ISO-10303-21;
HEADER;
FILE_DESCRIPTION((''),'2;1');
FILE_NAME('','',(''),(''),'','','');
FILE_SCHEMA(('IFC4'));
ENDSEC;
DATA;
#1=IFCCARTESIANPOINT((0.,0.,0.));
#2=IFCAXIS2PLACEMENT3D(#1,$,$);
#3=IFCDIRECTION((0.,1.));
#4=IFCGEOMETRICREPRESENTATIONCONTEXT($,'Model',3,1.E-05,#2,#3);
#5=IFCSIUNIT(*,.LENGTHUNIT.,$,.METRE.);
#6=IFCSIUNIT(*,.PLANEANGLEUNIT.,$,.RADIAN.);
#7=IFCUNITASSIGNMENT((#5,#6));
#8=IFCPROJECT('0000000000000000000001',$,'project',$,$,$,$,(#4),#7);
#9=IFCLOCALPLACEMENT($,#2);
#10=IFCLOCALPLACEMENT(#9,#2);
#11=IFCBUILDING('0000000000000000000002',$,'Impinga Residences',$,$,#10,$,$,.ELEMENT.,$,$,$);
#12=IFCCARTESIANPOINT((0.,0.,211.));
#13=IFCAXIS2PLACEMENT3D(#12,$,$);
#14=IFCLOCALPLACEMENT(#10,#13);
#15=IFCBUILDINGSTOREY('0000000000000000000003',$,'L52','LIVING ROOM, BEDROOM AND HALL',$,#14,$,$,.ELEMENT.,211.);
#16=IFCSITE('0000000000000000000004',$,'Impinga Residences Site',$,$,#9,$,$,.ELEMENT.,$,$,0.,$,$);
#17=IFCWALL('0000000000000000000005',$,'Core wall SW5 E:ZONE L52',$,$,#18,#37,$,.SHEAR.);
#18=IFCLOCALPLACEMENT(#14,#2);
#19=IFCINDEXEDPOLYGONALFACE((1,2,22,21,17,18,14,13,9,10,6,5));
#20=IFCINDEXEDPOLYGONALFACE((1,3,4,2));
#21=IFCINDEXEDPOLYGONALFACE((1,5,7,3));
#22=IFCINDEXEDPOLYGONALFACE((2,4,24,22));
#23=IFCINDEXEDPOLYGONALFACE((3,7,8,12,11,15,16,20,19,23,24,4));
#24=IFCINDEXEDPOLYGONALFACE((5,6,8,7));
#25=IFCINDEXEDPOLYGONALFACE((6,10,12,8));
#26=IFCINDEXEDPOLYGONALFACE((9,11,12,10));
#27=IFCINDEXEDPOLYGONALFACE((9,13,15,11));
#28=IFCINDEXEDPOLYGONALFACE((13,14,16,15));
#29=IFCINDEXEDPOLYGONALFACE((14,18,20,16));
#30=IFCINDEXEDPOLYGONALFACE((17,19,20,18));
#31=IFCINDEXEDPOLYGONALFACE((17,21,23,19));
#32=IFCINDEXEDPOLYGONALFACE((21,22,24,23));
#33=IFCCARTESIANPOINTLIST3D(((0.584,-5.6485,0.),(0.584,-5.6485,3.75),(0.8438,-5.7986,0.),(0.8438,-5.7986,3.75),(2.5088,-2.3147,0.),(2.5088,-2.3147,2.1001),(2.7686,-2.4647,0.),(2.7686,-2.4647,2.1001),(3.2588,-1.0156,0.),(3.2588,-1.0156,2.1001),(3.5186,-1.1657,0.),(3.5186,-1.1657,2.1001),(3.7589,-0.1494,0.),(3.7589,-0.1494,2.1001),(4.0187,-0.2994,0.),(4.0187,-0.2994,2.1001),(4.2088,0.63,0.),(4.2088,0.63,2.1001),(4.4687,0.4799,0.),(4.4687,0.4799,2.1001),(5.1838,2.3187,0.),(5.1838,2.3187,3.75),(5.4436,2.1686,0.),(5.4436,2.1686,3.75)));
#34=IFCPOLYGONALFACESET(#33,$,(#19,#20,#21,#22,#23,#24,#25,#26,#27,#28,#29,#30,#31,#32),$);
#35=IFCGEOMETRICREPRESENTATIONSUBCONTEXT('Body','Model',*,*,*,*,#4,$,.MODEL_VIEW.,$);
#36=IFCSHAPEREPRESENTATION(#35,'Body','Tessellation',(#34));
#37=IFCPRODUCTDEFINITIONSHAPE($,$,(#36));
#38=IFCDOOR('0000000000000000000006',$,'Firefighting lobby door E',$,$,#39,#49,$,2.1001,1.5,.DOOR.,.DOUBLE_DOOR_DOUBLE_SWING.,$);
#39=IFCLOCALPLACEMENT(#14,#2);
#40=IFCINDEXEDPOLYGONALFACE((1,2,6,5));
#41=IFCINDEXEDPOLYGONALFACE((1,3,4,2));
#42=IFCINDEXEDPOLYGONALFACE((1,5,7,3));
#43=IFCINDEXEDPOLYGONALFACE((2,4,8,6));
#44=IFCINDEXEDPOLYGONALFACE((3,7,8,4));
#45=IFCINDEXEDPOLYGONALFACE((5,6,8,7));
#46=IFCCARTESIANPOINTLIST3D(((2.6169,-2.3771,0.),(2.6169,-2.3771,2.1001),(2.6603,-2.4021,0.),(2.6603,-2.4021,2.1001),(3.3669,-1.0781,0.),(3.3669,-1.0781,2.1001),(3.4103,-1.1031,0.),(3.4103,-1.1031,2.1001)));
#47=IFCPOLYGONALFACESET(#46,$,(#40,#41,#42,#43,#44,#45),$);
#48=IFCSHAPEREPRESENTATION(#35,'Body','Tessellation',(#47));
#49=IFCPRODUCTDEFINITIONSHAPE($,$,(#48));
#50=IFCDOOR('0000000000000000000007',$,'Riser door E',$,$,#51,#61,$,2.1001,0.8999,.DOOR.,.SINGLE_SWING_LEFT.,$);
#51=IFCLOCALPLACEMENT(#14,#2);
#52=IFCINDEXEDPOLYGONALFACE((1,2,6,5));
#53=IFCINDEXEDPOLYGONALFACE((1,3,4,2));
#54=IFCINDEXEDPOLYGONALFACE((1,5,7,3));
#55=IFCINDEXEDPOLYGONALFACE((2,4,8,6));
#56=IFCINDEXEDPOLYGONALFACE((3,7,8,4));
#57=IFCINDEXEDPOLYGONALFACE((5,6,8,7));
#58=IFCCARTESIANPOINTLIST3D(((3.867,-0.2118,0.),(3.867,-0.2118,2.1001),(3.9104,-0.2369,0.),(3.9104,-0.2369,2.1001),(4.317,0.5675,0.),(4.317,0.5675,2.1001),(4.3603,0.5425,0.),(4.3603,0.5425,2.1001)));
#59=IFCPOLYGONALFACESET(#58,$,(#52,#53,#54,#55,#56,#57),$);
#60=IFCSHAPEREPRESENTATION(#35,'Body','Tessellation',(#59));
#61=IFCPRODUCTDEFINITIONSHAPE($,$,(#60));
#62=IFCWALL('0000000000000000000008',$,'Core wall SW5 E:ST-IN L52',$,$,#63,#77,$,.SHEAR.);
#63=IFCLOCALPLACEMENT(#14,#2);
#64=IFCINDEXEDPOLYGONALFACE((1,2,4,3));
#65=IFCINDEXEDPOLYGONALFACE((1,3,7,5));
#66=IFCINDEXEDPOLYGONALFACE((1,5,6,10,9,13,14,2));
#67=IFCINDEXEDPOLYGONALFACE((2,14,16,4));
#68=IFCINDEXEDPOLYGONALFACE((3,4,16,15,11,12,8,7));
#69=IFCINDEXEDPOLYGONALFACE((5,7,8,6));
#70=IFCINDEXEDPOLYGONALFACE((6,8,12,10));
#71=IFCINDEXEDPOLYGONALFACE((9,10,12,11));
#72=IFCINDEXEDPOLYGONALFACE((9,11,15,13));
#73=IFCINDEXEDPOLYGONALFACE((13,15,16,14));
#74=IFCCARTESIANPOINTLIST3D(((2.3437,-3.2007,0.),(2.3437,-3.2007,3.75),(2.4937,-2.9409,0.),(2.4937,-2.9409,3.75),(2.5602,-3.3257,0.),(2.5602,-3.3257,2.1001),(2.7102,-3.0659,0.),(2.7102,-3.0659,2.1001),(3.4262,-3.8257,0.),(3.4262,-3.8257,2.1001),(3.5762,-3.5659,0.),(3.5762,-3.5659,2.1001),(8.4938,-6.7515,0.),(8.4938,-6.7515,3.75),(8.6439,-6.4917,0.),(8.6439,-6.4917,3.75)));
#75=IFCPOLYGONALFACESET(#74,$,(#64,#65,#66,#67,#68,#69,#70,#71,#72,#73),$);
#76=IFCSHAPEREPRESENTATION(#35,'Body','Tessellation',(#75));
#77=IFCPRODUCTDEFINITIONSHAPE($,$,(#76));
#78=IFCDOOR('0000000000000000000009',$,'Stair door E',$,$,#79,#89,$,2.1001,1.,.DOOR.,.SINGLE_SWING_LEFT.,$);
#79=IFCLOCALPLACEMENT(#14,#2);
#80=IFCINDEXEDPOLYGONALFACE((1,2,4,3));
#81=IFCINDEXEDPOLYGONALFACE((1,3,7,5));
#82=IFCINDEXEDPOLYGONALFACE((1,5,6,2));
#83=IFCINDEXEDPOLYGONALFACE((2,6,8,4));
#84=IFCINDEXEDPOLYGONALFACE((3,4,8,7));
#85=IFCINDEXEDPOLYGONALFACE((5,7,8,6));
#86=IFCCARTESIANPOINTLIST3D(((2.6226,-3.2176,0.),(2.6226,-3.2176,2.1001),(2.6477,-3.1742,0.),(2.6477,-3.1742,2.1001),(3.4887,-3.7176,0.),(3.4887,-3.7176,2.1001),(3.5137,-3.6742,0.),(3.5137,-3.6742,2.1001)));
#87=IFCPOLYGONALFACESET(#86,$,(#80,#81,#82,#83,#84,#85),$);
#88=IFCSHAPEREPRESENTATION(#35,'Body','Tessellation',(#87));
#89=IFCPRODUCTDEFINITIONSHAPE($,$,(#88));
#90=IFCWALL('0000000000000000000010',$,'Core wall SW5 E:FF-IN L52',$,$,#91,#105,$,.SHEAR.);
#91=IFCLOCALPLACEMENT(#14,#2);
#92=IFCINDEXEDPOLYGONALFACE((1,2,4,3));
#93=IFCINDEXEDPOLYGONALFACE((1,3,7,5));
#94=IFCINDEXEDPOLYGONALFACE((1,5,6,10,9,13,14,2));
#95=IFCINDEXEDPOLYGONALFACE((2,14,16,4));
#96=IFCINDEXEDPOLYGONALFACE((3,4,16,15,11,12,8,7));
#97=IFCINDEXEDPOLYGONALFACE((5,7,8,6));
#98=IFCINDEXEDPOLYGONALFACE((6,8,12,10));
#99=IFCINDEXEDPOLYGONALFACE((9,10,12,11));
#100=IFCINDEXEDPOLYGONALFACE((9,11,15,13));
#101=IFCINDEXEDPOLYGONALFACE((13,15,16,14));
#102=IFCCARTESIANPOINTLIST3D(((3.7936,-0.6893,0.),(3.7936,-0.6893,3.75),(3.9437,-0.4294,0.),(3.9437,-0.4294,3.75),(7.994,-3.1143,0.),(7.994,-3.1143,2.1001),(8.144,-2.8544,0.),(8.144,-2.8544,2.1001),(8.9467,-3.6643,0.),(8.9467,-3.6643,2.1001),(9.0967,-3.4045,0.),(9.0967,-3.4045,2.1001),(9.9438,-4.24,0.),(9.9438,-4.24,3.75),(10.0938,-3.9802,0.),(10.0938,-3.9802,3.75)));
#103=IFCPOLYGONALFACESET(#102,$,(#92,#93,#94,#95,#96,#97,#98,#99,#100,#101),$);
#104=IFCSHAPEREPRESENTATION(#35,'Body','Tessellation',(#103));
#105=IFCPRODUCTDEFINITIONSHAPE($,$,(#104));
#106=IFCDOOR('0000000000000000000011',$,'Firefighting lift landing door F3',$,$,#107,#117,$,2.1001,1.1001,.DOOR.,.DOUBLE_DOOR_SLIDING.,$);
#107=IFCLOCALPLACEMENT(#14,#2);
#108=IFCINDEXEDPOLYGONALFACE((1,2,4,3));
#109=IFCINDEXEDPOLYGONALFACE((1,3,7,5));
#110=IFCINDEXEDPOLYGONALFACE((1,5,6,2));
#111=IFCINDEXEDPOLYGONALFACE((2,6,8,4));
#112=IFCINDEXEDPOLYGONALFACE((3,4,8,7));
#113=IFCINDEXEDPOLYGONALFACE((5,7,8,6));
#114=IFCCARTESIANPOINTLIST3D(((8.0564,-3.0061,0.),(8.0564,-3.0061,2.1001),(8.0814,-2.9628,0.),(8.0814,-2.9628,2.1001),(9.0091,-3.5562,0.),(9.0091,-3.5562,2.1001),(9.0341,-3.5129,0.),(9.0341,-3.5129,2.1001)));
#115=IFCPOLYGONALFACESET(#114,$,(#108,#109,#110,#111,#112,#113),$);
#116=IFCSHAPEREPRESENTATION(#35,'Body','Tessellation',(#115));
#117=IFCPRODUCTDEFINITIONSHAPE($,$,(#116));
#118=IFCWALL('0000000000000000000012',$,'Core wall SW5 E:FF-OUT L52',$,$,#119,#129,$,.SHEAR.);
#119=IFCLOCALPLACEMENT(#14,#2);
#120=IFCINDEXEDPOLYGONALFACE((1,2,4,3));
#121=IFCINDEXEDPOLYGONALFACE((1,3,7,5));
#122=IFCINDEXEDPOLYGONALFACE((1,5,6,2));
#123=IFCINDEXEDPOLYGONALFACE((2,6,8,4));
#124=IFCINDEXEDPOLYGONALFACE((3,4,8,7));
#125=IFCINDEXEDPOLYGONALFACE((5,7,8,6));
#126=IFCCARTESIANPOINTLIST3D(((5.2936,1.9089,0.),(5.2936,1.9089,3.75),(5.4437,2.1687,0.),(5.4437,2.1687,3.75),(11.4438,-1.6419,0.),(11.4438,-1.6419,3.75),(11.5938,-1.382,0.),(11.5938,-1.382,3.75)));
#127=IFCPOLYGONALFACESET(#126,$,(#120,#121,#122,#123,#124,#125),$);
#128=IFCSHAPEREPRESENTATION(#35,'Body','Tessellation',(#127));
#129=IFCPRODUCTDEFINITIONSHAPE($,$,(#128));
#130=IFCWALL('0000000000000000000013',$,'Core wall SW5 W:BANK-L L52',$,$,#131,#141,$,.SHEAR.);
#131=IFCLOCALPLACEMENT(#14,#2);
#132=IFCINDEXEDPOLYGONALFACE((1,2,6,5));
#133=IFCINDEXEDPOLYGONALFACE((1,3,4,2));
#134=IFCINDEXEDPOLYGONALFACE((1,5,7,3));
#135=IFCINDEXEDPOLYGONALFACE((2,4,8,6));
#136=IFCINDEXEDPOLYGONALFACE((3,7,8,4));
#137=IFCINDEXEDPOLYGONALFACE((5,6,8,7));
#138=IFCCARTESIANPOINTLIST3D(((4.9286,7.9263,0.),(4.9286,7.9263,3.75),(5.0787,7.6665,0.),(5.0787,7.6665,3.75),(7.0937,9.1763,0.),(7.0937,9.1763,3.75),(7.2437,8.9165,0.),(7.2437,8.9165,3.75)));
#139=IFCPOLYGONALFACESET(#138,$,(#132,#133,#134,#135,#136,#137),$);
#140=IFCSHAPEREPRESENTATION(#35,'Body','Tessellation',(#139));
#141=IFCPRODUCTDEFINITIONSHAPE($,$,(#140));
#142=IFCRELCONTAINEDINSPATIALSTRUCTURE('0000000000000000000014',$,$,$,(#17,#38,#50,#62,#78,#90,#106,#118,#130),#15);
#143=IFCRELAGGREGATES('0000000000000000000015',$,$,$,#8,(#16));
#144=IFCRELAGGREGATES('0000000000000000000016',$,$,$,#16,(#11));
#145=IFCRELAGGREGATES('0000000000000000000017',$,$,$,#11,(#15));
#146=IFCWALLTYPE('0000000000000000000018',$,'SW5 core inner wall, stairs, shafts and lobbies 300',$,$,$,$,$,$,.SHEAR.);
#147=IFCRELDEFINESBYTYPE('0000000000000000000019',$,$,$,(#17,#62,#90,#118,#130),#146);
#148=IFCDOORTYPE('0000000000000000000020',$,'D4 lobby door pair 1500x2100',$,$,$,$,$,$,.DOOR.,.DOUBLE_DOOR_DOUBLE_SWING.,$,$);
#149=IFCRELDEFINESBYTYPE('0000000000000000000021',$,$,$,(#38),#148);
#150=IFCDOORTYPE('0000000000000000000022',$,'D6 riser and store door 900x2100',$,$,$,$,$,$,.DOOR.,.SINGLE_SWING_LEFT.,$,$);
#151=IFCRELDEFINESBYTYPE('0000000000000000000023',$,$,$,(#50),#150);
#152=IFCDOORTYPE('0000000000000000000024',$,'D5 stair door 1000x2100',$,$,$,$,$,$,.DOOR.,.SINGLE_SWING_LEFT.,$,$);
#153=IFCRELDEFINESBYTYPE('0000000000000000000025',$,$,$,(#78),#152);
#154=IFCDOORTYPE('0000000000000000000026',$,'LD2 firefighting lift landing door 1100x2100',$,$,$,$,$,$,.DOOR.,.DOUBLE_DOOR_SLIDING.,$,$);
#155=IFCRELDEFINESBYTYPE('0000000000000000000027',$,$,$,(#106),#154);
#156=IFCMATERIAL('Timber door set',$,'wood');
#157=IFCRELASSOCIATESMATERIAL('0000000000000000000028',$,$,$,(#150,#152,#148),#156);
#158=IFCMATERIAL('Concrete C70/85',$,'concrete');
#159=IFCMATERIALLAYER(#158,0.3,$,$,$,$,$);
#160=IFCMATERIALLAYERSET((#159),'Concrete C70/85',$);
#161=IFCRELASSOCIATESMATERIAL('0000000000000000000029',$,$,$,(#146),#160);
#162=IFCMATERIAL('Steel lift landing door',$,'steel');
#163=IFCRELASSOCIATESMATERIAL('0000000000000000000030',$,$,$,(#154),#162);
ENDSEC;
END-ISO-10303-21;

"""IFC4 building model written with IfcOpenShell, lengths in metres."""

from ifc_helpers import new_model, si_unit, direction, frame, frame_2d, origin, place, context, subcontext, project, spatial, rectangle, extrude, material, layer, layer_set, type_object, element, fill, save


model = new_model("IFC4")

# Units and contexts
model_context = context("Model", 3, precision=1e-05, world=origin(), true_north=direction((0.0, 1.0)))
body_context = subcontext(model_context, "Body", "Model", "MODEL_VIEW")
ifc_project = project(units=[si_unit("LENGTHUNIT", "METRE"), si_unit("PLANEANGLEUNIT", "RADIAN")], contexts=[model_context])

# Site, building, storey
site_placement = place(None, origin())
site = spatial("IfcSite", under=ifc_project, at=site_placement, Name="Impinga Residences Site", CompositionType="ELEMENT", RefElevation=0.0)
building_placement = place(site_placement, origin())
building = spatial("IfcBuilding", under=site, at=building_placement, Name="Impinga Residences", CompositionType="ELEMENT")
storey_placement = place(building_placement, frame((0.0, 0.0, 211.0)))
storey = spatial("IfcBuildingStorey", under=building, at=storey_placement, Name="L52", Description="LIVING ROOM, BEDROOM AND HALL", CompositionType="ELEMENT", Elevation=211.0)

# Shared definitions
ifc_material_1 = material(Name="Timber door set", Category="wood")
door_type_1 = type_object("IfcDoorType", Name="D6 riser and store door 900x2100", OperationType="SINGLE_SWING_LEFT", PredefinedType="DOOR", material=ifc_material_1)
ifc_material_2 = material(Name="Concrete C70/85", Category="concrete")
ifc_layer_1 = layer(ifc_material_2, 0.3)
ifc_layer_set_1 = layer_set([ifc_layer_1], Name="Concrete C70/85")
wall_type_1 = type_object("IfcWallType", Name="SW5 core inner wall, stairs, shafts and lobbies 300", PredefinedType="SHEAR", material=ifc_layer_set_1)
door_type_2 = type_object("IfcDoorType", Name="D5 stair door 1000x2100", OperationType="SINGLE_SWING_LEFT", PredefinedType="DOOR", material=ifc_material_1)

# Wall, openings, doors
wall_1_placement = place(storey_placement, frame((5.3137, 2.2437, 0.0), z_axis=(0.0, 0.0, 1.0), x_axis=(-0.499995, -0.866028, 0.0)))
wall_1 = element("IfcWall", 1, at=wall_1_placement, inside=storey, type_object=wall_type_1, Name="Core wall SW5 E:ZONE L52", PredefinedType="SHEAR", context=body_context, shape_type="SweptSolid", body=[
    extrude(rectangle(XDim=9.1997, YDim=0.3, at=frame_2d((4.5999, 0.0))), origin(), (0.0, 0.0, 1.0), 3.75),
])
opening_1_placement = place(wall_1_placement, frame((3.8501, 0.0, 0.0)))
opening_1 = element("IfcOpeningElement", 2, at=opening_1_placement, cuts=wall_1, PredefinedType="OPENING", context=body_context, shape_type="SweptSolid", body=[
    extrude(rectangle(XDim=1.5, YDim=2.1001, at=frame_2d((0.75, 1.05))), frame((0.0, 0.1599, 0.0), z_axis=(0.0, -1.0, 0.0), x_axis=(1.0, 0.0, 0.0)), (0.0, 0.0, 1.0), 0.3201),
])
opening_2_placement = place(wall_1_placement, frame((1.95, 0.0, 0.0)))
opening_2 = element("IfcOpeningElement", 3, at=opening_2_placement, cuts=wall_1, PredefinedType="OPENING", context=body_context, shape_type="SweptSolid", body=[
    extrude(rectangle(XDim=0.8999, YDim=2.1001, at=frame_2d((0.45, 1.05))), frame((0.0, 0.1599, 0.0), z_axis=(0.0, -1.0, 0.0), x_axis=(1.0, 0.0, 0.0)), (0.0, 0.0, 1.0), 0.3201),
])
door_type_3 = type_object("IfcDoorType", Name="D4 lobby door pair 1500x2100", OperationType="DOUBLE_DOOR_DOUBLE_SWING", PredefinedType="DOOR", material=ifc_material_1)
door_1_placement = place(opening_1_placement, origin())
door_1 = element("IfcDoor", 4, at=door_1_placement, inside=storey, type_object=door_type_3, Name="Firefighting lobby door E", OperationType="DOUBLE_DOOR_DOUBLE_SWING", OverallHeight=2.1001, OverallWidth=1.5, PredefinedType="DOOR", context=body_context, shape_type="SweptSolid", body=[
    extrude(rectangle(XDim=1.5, YDim=2.1001, at=frame_2d((0.75, 1.05))), frame((0.0, 0.0249, 0.0), z_axis=(0.0, -1.0, 0.0), x_axis=(1.0, 0.0, 0.0)), (0.0, 0.0, 1.0), 0.05),
])
fill(opening_1, door_1)
door_2_placement = place(opening_2_placement, origin())
door_2 = element("IfcDoor", 5, at=door_2_placement, inside=storey, type_object=door_type_1, Name="Riser door E", OperationType="SINGLE_SWING_LEFT", OverallHeight=2.1001, OverallWidth=0.8999, PredefinedType="DOOR", context=body_context, shape_type="SweptSolid", body=[
    extrude(rectangle(XDim=0.8999, YDim=2.1001, at=frame_2d((0.45, 1.05))), frame((0.0, 0.0249, 0.0), z_axis=(0.0, -1.0, 0.0), x_axis=(1.0, 0.0, 0.0)), (0.0, 0.0, 1.0), 0.05),
])
fill(opening_2, door_2)

# Walls, openings, doors
wall_2_placement = place(storey_placement, frame((2.4187, -3.0708, 0.0), z_axis=(0.0, 0.0, 1.0), x_axis=(0.866026, -0.499999, 0.0)))
wall_2 = element("IfcWall", 6, at=wall_2_placement, inside=storey, type_object=wall_type_1, Name="Core wall SW5 E:ST-IN L52", PredefinedType="SHEAR", context=body_context, shape_type="SweptSolid", body=[
    extrude(rectangle(XDim=7.1016, YDim=0.3, at=frame_2d((3.5508, 0.0))), origin(), (0.0, 0.0, 1.0), 3.75),
])
opening_3_placement = place(wall_2_placement, frame((0.25, 0.0, 0.0)))
opening_3 = element("IfcOpeningElement", 7, at=opening_3_placement, cuts=wall_2, PredefinedType="OPENING", context=body_context, shape_type="SweptSolid", body=[
    extrude(rectangle(XDim=1.0, YDim=2.1001, at=frame_2d((0.5, 1.05))), frame((0.0, 0.1599, 0.0), z_axis=(0.0, -1.0, 0.0), x_axis=(1.0, 0.0, 0.0)), (0.0, 0.0, 1.0), 0.3201),
])
door_3_placement = place(opening_3_placement, origin())
door_3 = element("IfcDoor", 8, at=door_3_placement, inside=storey, type_object=door_type_2, Name="Stair door E", OperationType="SINGLE_SWING_LEFT", OverallHeight=2.1001, OverallWidth=1.0, PredefinedType="DOOR", context=body_context, shape_type="SweptSolid", body=[
    extrude(rectangle(XDim=1.0, YDim=2.1001, at=frame_2d((0.5, 1.05))), frame((0.0, 0.0249, 0.0), z_axis=(0.0, -1.0, 0.0), x_axis=(1.0, 0.0, 0.0)), (0.0, 0.0, 1.0), 0.05),
])
fill(opening_3, door_3)
wall_3_placement = place(storey_placement, frame((3.8687, -0.5593, 0.0), z_axis=(0.0, 0.0, 1.0), x_axis=(0.866026, -0.499999, 0.0)))
wall_3 = element("IfcWall", 9, at=wall_3_placement, inside=storey, type_object=wall_type_1, Name="Core wall SW5 E:FF-IN L52", PredefinedType="SHEAR", context=body_context, shape_type="SweptSolid", body=[
    extrude(rectangle(XDim=7.1016, YDim=0.3, at=frame_2d((3.5508, 0.0))), origin(), (0.0, 0.0, 1.0), 3.75),
])
opening_4_placement = place(wall_3_placement, frame((4.8501, 0.0, 0.0)))
opening_4 = element("IfcOpeningElement", 10, at=opening_4_placement, cuts=wall_3, PredefinedType="OPENING", context=body_context, shape_type="SweptSolid", body=[
    extrude(rectangle(XDim=1.1001, YDim=2.1001, at=frame_2d((0.55, 1.05))), frame((0.0, 0.1599, 0.0), z_axis=(0.0, -1.0, 0.0), x_axis=(1.0, 0.0, 0.0)), (0.0, 0.0, 1.0), 0.3201),
])
ifc_material_3 = material(Name="Steel lift landing door", Category="steel")
door_type_4 = type_object("IfcDoorType", Name="LD2 firefighting lift landing door 1100x2100", OperationType="DOUBLE_DOOR_SLIDING", PredefinedType="DOOR", material=ifc_material_3)
door_4_placement = place(opening_4_placement, origin())
door_4 = element("IfcDoor", 11, at=door_4_placement, inside=storey, type_object=door_type_4, Name="Firefighting lift landing door F3", OperationType="DOUBLE_DOOR_SLIDING", OverallHeight=2.1001, OverallWidth=1.1001, PredefinedType="DOOR", context=body_context, shape_type="SweptSolid", body=[
    extrude(rectangle(XDim=1.1001, YDim=2.1001, at=frame_2d((0.55, 1.05))), frame((0.0, 0.0249, 0.0), z_axis=(0.0, -1.0, 0.0), x_axis=(1.0, 0.0, 0.0)), (0.0, 0.0, 1.0), 0.05),
])
fill(opening_4, door_4)

# Walls
wall_4_placement = place(storey_placement, frame((5.3687, 2.0388, 0.0), z_axis=(0.0, 0.0, 1.0), x_axis=(0.866026, -0.499999, 0.0)))
element("IfcWall", 12, at=wall_4_placement, inside=storey, type_object=wall_type_1, Name="Core wall SW5 E:FF-OUT L52", PredefinedType="SHEAR", context=body_context, shape_type="SweptSolid", body=[
    extrude(rectangle(XDim=7.1016, YDim=0.3, at=frame_2d((3.5508, 0.0))), origin(), (0.0, 0.0, 1.0), 3.75),
])
wall_5_placement = place(storey_placement, frame((5.0037, 7.7964, 0.0), z_axis=(0.0, 0.0, 1.0), x_axis=(0.866023, 0.500004, 0.0)))
element("IfcWall", 13, at=wall_5_placement, inside=storey, type_object=wall_type_1, Name="Core wall SW5 W:BANK-L L52", PredefinedType="SHEAR", context=body_context, shape_type="SweptSolid", body=[
    extrude(rectangle(XDim=2.5, YDim=0.3, at=frame_2d((1.25, 0.0))), origin(), (0.0, 0.0, 1.0), 3.75),
])

save(model, "model.ifc")
